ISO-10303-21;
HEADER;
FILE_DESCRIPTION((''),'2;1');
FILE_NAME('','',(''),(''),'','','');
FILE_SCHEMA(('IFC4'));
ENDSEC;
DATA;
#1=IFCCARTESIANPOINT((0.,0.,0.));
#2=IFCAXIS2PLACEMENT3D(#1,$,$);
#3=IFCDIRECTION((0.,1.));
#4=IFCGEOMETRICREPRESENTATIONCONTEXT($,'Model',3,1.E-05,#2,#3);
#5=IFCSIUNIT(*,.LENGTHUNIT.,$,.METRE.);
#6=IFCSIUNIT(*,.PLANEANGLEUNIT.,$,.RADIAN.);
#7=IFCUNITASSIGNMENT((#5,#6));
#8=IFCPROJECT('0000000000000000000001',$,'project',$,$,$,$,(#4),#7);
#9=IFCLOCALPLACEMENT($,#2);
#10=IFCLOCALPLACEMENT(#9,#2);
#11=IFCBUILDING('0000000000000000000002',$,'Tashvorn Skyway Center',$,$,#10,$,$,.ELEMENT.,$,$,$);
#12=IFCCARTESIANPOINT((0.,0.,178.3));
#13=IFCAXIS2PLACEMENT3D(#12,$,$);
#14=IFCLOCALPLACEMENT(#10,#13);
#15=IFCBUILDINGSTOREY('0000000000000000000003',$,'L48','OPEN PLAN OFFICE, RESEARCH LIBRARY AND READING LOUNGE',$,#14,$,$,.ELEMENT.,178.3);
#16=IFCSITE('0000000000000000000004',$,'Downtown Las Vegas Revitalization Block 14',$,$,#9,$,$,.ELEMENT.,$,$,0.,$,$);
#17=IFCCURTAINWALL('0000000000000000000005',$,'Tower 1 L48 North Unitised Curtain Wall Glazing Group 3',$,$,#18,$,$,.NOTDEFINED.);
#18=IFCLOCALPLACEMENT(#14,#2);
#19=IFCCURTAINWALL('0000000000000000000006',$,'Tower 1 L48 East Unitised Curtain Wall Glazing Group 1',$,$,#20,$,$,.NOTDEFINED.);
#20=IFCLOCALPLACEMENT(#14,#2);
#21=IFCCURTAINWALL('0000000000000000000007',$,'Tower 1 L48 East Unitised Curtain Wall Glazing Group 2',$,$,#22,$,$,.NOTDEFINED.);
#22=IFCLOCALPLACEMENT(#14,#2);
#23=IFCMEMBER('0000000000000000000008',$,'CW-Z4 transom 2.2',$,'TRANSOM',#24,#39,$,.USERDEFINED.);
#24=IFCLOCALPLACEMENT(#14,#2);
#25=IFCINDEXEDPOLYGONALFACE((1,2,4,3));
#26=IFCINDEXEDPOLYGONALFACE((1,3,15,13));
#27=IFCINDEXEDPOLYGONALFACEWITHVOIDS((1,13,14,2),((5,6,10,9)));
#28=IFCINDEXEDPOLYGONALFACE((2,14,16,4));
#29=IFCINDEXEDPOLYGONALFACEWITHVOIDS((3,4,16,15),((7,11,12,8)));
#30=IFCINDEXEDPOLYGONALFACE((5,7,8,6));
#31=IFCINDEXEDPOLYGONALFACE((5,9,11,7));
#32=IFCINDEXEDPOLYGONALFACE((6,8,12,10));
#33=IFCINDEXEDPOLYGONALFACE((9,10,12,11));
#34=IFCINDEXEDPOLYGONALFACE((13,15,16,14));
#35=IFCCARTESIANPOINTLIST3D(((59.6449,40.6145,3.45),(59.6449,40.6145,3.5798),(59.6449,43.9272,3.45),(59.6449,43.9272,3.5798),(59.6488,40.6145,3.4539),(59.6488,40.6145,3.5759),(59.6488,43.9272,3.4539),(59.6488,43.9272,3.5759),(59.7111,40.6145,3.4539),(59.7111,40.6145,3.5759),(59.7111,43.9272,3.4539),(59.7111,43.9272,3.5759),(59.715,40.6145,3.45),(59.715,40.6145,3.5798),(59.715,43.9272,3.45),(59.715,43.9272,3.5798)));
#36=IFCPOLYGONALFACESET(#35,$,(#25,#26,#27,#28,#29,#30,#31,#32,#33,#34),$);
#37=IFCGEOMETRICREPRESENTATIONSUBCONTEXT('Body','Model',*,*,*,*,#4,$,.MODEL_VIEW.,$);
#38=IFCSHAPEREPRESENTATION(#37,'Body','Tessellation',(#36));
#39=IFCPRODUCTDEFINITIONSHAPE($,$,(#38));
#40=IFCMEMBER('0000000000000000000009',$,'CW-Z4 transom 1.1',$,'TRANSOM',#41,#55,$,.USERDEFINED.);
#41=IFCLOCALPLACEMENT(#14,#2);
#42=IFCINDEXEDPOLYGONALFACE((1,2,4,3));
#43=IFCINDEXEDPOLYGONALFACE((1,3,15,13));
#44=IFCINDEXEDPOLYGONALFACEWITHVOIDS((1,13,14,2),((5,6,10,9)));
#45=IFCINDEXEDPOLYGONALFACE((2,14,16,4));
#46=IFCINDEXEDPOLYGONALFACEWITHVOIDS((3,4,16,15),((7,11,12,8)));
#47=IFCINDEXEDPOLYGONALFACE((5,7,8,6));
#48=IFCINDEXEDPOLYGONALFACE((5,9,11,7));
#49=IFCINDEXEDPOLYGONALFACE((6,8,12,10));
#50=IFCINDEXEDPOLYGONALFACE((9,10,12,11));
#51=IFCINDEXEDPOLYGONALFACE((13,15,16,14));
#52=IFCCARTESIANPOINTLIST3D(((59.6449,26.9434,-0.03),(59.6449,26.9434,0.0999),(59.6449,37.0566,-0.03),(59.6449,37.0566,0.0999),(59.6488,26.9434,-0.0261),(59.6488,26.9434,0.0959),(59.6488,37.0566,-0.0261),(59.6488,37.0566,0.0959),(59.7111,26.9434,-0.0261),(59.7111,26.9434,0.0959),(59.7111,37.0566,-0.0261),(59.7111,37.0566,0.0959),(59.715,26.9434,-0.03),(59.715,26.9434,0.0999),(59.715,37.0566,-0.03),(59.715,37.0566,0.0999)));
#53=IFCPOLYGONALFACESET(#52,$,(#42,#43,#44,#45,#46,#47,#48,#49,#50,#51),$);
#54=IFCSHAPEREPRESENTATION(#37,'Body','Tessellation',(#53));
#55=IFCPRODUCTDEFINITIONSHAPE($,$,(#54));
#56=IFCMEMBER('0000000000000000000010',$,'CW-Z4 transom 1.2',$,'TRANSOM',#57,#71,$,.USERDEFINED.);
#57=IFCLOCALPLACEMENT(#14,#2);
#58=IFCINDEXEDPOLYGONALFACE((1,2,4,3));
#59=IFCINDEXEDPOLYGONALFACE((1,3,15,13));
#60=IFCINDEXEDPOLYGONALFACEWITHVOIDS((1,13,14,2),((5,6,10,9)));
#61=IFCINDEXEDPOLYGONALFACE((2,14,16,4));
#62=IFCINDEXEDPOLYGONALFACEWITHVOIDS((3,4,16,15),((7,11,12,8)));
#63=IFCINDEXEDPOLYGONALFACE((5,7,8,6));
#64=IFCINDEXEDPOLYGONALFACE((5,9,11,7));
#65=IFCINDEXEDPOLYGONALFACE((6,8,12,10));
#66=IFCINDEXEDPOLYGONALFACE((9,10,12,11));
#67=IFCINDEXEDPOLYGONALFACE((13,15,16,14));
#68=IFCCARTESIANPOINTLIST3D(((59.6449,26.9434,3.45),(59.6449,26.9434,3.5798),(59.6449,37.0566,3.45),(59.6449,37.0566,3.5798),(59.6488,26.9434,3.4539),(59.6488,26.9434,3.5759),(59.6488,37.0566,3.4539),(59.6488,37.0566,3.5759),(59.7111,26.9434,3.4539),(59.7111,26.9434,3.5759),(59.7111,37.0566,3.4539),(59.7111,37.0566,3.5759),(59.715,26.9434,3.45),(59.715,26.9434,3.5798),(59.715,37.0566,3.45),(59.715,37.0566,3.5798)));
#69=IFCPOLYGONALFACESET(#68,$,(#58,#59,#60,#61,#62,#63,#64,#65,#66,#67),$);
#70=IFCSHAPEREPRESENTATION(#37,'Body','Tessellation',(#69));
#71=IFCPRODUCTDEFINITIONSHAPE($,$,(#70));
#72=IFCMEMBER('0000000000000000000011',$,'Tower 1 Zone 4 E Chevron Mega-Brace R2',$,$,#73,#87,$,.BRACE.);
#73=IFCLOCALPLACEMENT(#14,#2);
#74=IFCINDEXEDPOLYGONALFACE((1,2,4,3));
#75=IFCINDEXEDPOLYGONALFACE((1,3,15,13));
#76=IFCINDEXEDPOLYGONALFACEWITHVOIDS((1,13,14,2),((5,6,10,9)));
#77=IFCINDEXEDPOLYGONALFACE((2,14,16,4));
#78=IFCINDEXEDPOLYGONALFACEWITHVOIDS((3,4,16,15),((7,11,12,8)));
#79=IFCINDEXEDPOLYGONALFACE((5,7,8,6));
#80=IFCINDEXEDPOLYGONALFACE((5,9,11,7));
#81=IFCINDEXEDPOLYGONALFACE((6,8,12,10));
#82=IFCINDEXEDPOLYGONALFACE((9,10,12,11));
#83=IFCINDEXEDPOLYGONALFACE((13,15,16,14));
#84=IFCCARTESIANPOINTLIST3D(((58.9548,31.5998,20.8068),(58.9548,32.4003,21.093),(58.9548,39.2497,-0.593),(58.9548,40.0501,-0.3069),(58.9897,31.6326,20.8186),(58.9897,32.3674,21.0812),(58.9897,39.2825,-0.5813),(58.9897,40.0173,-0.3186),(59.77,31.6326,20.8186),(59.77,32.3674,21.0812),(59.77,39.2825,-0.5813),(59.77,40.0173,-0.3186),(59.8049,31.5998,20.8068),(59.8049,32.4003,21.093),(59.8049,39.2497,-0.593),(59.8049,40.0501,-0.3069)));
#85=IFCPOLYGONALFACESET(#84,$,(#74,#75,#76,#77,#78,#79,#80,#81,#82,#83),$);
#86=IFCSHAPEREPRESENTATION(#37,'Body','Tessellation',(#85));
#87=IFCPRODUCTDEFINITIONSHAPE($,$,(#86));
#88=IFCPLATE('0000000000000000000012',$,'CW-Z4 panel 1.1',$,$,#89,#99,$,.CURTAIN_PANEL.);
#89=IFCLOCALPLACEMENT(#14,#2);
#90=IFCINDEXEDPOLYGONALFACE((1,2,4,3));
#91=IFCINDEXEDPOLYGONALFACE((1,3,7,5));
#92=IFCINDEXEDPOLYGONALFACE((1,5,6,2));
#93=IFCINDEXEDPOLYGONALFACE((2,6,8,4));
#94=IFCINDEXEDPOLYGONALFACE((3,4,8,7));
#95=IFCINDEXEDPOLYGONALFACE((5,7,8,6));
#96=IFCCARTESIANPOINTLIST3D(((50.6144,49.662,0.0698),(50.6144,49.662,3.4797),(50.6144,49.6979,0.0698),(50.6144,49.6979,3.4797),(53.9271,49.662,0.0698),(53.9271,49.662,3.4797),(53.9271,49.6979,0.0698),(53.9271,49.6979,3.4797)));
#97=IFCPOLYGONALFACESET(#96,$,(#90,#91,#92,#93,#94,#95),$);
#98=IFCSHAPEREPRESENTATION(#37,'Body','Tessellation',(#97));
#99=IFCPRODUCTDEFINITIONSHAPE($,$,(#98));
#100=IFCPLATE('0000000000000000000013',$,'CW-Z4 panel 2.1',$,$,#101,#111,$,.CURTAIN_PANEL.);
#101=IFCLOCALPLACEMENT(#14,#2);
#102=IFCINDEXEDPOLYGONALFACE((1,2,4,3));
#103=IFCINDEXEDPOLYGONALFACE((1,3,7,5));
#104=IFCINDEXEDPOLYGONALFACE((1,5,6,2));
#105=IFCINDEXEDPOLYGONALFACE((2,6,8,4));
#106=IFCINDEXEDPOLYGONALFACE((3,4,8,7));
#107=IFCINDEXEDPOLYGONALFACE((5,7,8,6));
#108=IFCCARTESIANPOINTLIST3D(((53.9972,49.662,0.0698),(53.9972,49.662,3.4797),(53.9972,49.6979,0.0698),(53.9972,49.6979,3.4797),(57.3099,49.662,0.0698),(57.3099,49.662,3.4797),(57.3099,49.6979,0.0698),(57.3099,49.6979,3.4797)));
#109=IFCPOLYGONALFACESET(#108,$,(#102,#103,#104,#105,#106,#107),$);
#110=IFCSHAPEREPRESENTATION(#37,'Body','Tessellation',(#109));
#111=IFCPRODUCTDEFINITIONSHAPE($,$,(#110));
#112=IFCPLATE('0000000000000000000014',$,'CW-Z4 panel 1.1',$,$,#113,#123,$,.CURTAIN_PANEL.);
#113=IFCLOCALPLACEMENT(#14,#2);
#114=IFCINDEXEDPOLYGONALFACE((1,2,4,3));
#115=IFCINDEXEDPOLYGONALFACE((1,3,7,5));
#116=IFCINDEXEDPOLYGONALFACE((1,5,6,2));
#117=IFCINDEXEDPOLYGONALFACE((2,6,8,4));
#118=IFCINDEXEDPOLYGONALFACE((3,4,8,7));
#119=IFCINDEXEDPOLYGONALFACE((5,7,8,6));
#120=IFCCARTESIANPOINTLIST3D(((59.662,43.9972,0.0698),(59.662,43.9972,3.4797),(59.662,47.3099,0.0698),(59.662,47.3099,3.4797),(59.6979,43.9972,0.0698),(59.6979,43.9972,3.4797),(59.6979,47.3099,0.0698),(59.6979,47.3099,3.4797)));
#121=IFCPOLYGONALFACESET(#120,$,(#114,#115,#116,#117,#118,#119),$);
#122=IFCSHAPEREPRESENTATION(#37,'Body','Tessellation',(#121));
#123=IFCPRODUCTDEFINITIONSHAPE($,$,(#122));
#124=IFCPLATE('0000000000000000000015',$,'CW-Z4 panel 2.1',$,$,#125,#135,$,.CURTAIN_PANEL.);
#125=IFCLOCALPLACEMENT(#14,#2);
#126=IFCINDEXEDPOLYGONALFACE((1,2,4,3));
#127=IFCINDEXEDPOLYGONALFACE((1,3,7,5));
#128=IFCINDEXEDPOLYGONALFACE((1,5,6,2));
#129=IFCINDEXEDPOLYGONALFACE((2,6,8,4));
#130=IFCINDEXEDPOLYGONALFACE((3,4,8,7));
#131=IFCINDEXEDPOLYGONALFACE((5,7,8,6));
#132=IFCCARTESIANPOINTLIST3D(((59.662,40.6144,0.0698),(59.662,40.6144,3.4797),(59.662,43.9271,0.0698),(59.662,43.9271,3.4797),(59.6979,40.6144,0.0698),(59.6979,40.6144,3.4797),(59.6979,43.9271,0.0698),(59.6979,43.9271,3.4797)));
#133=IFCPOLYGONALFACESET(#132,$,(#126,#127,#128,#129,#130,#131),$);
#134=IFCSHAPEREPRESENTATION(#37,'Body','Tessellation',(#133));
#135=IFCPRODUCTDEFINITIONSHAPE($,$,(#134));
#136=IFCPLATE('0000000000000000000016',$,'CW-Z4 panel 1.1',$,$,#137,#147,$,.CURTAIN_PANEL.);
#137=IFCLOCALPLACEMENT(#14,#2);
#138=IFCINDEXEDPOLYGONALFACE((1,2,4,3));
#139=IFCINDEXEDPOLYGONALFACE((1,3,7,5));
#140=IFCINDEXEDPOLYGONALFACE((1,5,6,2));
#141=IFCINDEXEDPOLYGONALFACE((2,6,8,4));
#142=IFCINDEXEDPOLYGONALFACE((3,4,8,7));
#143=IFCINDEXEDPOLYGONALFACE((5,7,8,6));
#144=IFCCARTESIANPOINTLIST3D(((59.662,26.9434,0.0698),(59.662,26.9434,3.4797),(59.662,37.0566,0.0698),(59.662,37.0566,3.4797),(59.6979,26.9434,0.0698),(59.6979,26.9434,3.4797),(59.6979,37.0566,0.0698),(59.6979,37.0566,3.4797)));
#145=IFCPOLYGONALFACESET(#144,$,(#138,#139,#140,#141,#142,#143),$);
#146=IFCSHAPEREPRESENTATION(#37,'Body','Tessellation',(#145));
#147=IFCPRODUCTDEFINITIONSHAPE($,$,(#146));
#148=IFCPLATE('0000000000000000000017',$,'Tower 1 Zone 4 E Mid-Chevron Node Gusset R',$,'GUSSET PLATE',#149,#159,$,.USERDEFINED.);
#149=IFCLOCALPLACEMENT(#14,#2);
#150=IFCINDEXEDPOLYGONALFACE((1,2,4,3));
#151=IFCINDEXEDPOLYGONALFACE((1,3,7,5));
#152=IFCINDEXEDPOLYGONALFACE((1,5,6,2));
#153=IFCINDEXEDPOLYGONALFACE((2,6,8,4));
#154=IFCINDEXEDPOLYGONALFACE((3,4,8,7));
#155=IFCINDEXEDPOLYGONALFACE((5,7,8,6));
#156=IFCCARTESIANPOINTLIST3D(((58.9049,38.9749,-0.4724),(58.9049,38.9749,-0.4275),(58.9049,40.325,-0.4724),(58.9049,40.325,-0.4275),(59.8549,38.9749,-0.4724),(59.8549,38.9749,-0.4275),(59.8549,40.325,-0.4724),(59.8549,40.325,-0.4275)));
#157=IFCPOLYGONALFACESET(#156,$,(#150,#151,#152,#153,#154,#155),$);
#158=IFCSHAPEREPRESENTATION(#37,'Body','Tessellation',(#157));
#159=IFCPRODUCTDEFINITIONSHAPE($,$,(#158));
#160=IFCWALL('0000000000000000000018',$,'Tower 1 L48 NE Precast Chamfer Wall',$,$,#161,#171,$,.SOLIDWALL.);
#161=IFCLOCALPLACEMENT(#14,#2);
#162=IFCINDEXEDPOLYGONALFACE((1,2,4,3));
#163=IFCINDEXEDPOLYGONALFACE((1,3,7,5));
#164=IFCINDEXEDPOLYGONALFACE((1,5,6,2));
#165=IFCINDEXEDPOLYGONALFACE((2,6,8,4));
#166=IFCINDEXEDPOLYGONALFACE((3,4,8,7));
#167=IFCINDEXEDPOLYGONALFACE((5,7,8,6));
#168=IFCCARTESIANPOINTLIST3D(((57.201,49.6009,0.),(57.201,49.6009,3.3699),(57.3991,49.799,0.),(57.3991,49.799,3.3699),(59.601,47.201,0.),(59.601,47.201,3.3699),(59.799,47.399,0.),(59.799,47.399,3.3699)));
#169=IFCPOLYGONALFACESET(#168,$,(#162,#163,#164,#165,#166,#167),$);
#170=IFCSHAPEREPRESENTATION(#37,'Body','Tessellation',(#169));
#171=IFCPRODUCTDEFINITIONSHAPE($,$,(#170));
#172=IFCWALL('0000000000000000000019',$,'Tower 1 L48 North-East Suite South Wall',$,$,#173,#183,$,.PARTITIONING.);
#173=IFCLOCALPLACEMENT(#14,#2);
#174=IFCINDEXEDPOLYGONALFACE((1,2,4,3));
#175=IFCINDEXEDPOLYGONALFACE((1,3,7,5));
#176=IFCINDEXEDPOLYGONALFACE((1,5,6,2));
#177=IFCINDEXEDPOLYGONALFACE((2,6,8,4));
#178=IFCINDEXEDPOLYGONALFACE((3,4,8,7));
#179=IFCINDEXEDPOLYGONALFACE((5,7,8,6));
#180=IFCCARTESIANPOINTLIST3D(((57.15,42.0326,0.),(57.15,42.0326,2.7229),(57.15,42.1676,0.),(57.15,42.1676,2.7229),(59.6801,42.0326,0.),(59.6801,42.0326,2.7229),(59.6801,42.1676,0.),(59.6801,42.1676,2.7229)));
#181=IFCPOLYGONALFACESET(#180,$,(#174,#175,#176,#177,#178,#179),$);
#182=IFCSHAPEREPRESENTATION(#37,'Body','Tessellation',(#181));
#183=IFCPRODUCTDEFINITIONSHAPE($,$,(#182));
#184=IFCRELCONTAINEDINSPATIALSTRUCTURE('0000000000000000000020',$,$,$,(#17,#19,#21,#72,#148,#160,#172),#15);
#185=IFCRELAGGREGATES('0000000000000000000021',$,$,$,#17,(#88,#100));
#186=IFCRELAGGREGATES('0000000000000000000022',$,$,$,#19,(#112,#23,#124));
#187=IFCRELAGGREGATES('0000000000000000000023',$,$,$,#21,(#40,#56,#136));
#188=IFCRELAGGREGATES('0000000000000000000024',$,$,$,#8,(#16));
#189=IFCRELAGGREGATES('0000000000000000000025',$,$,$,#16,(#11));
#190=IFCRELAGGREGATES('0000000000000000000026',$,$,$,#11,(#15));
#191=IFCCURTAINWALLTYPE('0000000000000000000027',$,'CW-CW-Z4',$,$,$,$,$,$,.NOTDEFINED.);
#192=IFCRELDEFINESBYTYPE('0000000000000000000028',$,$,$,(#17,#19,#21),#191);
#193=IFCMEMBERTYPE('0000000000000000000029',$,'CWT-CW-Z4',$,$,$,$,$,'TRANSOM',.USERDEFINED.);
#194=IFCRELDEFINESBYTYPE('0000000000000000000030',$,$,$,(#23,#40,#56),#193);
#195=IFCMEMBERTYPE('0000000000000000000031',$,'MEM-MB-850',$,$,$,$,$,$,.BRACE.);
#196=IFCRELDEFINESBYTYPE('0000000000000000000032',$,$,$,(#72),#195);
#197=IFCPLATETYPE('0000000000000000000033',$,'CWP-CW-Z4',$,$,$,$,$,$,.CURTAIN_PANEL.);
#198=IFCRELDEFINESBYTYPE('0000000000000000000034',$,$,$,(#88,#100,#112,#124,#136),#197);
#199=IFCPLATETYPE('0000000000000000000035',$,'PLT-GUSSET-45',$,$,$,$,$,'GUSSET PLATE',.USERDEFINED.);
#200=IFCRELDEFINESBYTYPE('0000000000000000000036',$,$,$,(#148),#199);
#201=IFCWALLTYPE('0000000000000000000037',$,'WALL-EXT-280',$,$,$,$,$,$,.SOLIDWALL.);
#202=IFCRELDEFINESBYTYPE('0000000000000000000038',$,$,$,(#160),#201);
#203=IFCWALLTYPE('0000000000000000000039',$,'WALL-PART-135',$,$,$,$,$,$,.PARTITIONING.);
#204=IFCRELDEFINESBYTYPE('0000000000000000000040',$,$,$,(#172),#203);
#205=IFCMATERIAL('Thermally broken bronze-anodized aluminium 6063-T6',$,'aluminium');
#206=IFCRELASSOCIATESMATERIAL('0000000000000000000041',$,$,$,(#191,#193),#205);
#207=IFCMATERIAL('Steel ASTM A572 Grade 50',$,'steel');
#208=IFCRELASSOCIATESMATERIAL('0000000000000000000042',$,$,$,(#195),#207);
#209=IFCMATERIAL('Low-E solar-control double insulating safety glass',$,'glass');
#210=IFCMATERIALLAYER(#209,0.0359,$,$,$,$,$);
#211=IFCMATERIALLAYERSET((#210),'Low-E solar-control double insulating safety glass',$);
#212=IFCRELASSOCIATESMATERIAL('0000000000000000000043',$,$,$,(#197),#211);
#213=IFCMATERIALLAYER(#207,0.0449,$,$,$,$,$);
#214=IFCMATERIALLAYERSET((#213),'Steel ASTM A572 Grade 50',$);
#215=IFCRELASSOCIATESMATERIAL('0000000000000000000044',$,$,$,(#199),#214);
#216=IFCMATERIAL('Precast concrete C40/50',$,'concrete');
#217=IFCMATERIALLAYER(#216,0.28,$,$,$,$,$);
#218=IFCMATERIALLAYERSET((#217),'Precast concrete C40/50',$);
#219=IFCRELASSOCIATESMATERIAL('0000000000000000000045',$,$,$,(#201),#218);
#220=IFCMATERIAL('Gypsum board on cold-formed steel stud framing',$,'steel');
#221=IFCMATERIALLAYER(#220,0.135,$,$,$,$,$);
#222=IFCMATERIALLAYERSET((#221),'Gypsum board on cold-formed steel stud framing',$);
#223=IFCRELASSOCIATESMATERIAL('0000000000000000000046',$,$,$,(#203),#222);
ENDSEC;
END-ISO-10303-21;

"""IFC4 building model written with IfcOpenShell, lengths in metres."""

from ifc_helpers import new_model, si_unit, direction, frame, frame_2d, origin, origin_2d, place, context, subcontext, project, spatial, rectangle, hollow_rectangle, extrude, material, layer, layer_set, material_profile, profile_set, type_object, element, aggregate, save


model = new_model("IFC4")

# Units and contexts
model_context = context("Model", 3, precision=1e-05, world=origin(), true_north=direction((0.0, 1.0)))
body_context = subcontext(model_context, "Body", "Model", "MODEL_VIEW")
ifc_project = project(units=[si_unit("LENGTHUNIT", "METRE"), si_unit("PLANEANGLEUNIT", "RADIAN")], contexts=[model_context])

# Site, building, storey
site_placement = place(None, origin())
site = spatial("IfcSite", under=ifc_project, at=site_placement, Name="Downtown Las Vegas Revitalization Block 14", CompositionType="ELEMENT", RefElevation=0.0)
building_placement = place(site_placement, origin())
building = spatial("IfcBuilding", under=site, at=building_placement, Name="Tashvorn Skyway Center", CompositionType="ELEMENT")
storey_placement = place(building_placement, frame((0.0, 0.0, 178.3)))
storey = spatial("IfcBuildingStorey", under=building, at=storey_placement, Name="L48", Description="OPEN PLAN OFFICE, RESEARCH LIBRARY AND READING LOUNGE", CompositionType="ELEMENT", Elevation=178.3)

# Shared definitions
ifc_material_1 = material(Name="Steel ASTM A572 Grade 50", Category="steel")

# Curtain walls
ifc_material_2 = material(Name="Thermally broken bronze-anodized aluminium 6063-T6", Category="aluminium")
curtain_wall_type = type_object("IfcCurtainWallType", Name="CW-CW-Z4", PredefinedType="NOTDEFINED", material=ifc_material_2)
curtain_wall_1_placement = place(storey_placement, origin())
curtain_wall_1 = element("IfcCurtainWall", 1, at=curtain_wall_1_placement, inside=storey, type_object=curtain_wall_type, Name="Tower 1 L48 North Unitised Curtain Wall Glazing Group 3", PredefinedType="NOTDEFINED")
curtain_wall_2_placement = place(storey_placement, origin())
curtain_wall_2 = element("IfcCurtainWall", 2, at=curtain_wall_2_placement, inside=storey, type_object=curtain_wall_type, Name="Tower 1 L48 East Unitised Curtain Wall Glazing Group 1", PredefinedType="NOTDEFINED")

# Curtain wall
curtain_wall_3_placement = place(storey_placement, origin())
curtain_wall_3 = element("IfcCurtainWall", 3, at=curtain_wall_3_placement, inside=storey, type_object=curtain_wall_type, Name="Tower 1 L48 East Unitised Curtain Wall Glazing Group 2", PredefinedType="NOTDEFINED")

# Members
ifc_material_profile_1 = material_profile(ifc_material_2, hollow_rectangle(XDim=0.0701, YDim=0.1299, WallThickness=0.0039, at=origin_2d()), Name="ALU-TRAN-70x130")
ifc_profile_set_1 = profile_set([ifc_material_profile_1], Name="Thermally broken bronze-anodized aluminium 6063-T6")
member_type_1 = type_object("IfcMemberType", Name="CWT-CW-Z4", ElementType="TRANSOM", PredefinedType="USERDEFINED", material=ifc_profile_set_1)
member_1_placement = place(storey_placement, frame((59.6799, 43.9272, 3.5149), z_axis=(0.0, -1.0, 0.0), x_axis=(1.0, 0.0, 0.0)))
member_1 = element("IfcMember", 4, at=member_1_placement, type_object=member_type_1, Name="CW-Z4 transom 2.2", ObjectType="TRANSOM", PredefinedType="USERDEFINED", context=body_context, shape_type="SweptSolid", body=[
    extrude(hollow_rectangle(XDim=0.0701, YDim=0.1299, WallThickness=0.0039, at=origin_2d()), origin(), (0.0, 0.0, 1.0), 3.3127),
])
member_2_placement = place(storey_placement, frame((59.6799, 37.0566, 0.0349), z_axis=(0.0, -1.0, 0.0), x_axis=(1.0, 0.0, 0.0)))
member_2 = element("IfcMember", 5, at=member_2_placement, type_object=member_type_1, Name="CW-Z4 transom 1.1", ObjectType="TRANSOM", PredefinedType="USERDEFINED", context=body_context, shape_type="SweptSolid", body=[
    extrude(hollow_rectangle(XDim=0.0701, YDim=0.1299, WallThickness=0.0039, at=origin_2d()), origin(), (0.0, 0.0, 1.0), 10.1133),
])
member_3_placement = place(storey_placement, frame((59.6799, 37.0566, 3.5149), z_axis=(0.0, -1.0, 0.0), x_axis=(1.0, 0.0, 0.0)))
member_3 = element("IfcMember", 6, at=member_3_placement, type_object=member_type_1, Name="CW-Z4 transom 1.2", ObjectType="TRANSOM", PredefinedType="USERDEFINED", context=body_context, shape_type="SweptSolid", body=[
    extrude(hollow_rectangle(XDim=0.0701, YDim=0.1299, WallThickness=0.0039, at=origin_2d()), origin(), (0.0, 0.0, 1.0), 10.1133),
])
ifc_material_profile_2 = material_profile(ifc_material_1, hollow_rectangle(XDim=0.8501, YDim=0.8501, WallThickness=0.0349, at=origin_2d()), Name="BOX850x850x35")
ifc_profile_set_2 = profile_set([ifc_material_profile_2], Name="Steel ASTM A572 Grade 50")
member_type_2 = type_object("IfcMemberType", Name="MEM-MB-850", PredefinedType="BRACE", material=ifc_profile_set_2)
member_4_placement = place(storey_placement, frame((59.3799, 39.6499, -0.45), z_axis=(0.0, -0.336613, 0.941643), x_axis=(1.0, 0.0, 0.0)))
element("IfcMember", 7, at=member_4_placement, inside=storey, type_object=member_type_2, Name="Tower 1 Zone 4 E Chevron Mega-Brace R2", PredefinedType="BRACE", context=body_context, shape_type="SweptSolid", body=[
    extrude(hollow_rectangle(XDim=0.8501, YDim=0.8501, WallThickness=0.0349, at=origin_2d()), origin(), (0.0, 0.0, 1.0), 22.7261),
])

# Plates
ifc_material_3 = material(Name="Low-E solar-control double insulating safety glass", Category="glass")
ifc_layer_1 = layer(ifc_material_3, 0.0359)
ifc_layer_set_1 = layer_set([ifc_layer_1], Name="Low-E solar-control double insulating safety glass")
plate_type_1 = type_object("IfcPlateType", Name="CWP-CW-Z4", PredefinedType="CURTAIN_PANEL", material=ifc_layer_set_1)
plate_1_placement = place(storey_placement, frame((52.2708, 49.6799, 0.0698), z_axis=(0.0, 0.0, 1.0), x_axis=(1.0, 0.0, 0.0)))
plate_1 = element("IfcPlate", 8, at=plate_1_placement, type_object=plate_type_1, Name="CW-Z4 panel 1.1", PredefinedType="CURTAIN_PANEL", context=body_context, shape_type="SweptSolid", body=[
    extrude(rectangle(XDim=3.3127, YDim=0.0359, at=origin_2d()), origin(), (0.0, 0.0, 1.0), 3.4099),
])
plate_2_placement = place(storey_placement, frame((55.6536, 49.6799, 0.0698), z_axis=(0.0, 0.0, 1.0), x_axis=(1.0, 0.0, 0.0)))
plate_2 = element("IfcPlate", 9, at=plate_2_placement, type_object=plate_type_1, Name="CW-Z4 panel 2.1", PredefinedType="CURTAIN_PANEL", context=body_context, shape_type="SweptSolid", body=[
    extrude(rectangle(XDim=3.3127, YDim=0.0359, at=origin_2d()), origin(), (0.0, 0.0, 1.0), 3.4099),
])
aggregate(curtain_wall_1, [plate_1, plate_2])
plate_3_placement = place(storey_placement, frame((59.6799, 45.6536, 0.0698), z_axis=(0.0, 0.0, 1.0), x_axis=(0.0, -1.0, 0.0)))
plate_3 = element("IfcPlate", 10, at=plate_3_placement, type_object=plate_type_1, Name="CW-Z4 panel 1.1", PredefinedType="CURTAIN_PANEL", context=body_context, shape_type="SweptSolid", body=[
    extrude(rectangle(XDim=3.3127, YDim=0.0359, at=origin_2d()), origin(), (0.0, 0.0, 1.0), 3.4099),
])
plate_4_placement = place(storey_placement, frame((59.6799, 42.2708, 0.0698), z_axis=(0.0, 0.0, 1.0), x_axis=(0.0, -1.0, 0.0)))
plate_4 = element("IfcPlate", 11, at=plate_4_placement, type_object=plate_type_1, Name="CW-Z4 panel 2.1", PredefinedType="CURTAIN_PANEL", context=body_context, shape_type="SweptSolid", body=[
    extrude(rectangle(XDim=3.3127, YDim=0.0359, at=origin_2d()), origin(), (0.0, 0.0, 1.0), 3.4099),
])
aggregate(curtain_wall_2, [plate_3, member_1, plate_4])
plate_5_placement = place(storey_placement, frame((59.6799, 32.0, 0.0698), z_axis=(0.0, 0.0, 1.0), x_axis=(0.0, -1.0, 0.0)))
plate_5 = element("IfcPlate", 12, at=plate_5_placement, type_object=plate_type_1, Name="CW-Z4 panel 1.1", PredefinedType="CURTAIN_PANEL", context=body_context, shape_type="SweptSolid", body=[
    extrude(rectangle(XDim=10.1133, YDim=0.0359, at=origin_2d()), origin(), (0.0, 0.0, 1.0), 3.4099),
])
aggregate(curtain_wall_3, [member_2, member_3, plate_5])
ifc_layer_2 = layer(ifc_material_1, 0.0449)
ifc_layer_set_2 = layer_set([ifc_layer_2], Name="Steel ASTM A572 Grade 50")
plate_type_2 = type_object("IfcPlateType", Name="PLT-GUSSET-45", ElementType="GUSSET PLATE", PredefinedType="USERDEFINED", material=ifc_layer_set_2)
plate_6_placement = place(storey_placement, frame((59.3799, 39.6499, -0.4724), z_axis=(0.0, 0.0, 1.0), x_axis=(0.0, 1.0, 0.0)))
element("IfcPlate", 13, at=plate_6_placement, inside=storey, type_object=plate_type_2, Name="Tower 1 Zone 4 E Mid-Chevron Node Gusset R", ObjectType="GUSSET PLATE", PredefinedType="USERDEFINED", context=body_context, shape_type="SweptSolid", body=[
    extrude(rectangle(XDim=1.3501, YDim=0.95, at=origin_2d()), origin(), (0.0, 0.0, 1.0), 0.0449),
])

# Walls
ifc_material_4 = material(Name="Precast concrete C40/50", Category="concrete")
ifc_layer_3 = layer(ifc_material_4, 0.28)
ifc_layer_set_3 = layer_set([ifc_layer_3], Name="Precast concrete C40/50")
wall_type_1 = type_object("IfcWallType", Name="WALL-EXT-280", PredefinedType="SOLIDWALL", material=ifc_layer_set_3)
wall_1_placement = place(storey_placement, frame((57.3, 49.7, 0.0), z_axis=(0.0, 0.0, 1.0), x_axis=(0.707107, -0.707107, 0.0)))
element("IfcWall", 14, at=wall_1_placement, inside=storey, type_object=wall_type_1, Name="Tower 1 L48 NE Precast Chamfer Wall", PredefinedType="SOLIDWALL", context=body_context, shape_type="SweptSolid", body=[
    extrude(rectangle(XDim=3.394, YDim=0.28, at=frame_2d((1.697, 0.0))), origin(), (0.0, 0.0, 1.0), 3.3699),
])
ifc_material_5 = material(Name="Gypsum board on cold-formed steel stud framing", Category="steel")
ifc_layer_4 = layer(ifc_material_5, 0.135)
ifc_layer_set_4 = layer_set([ifc_layer_4], Name="Gypsum board on cold-formed steel stud framing")
wall_type_2 = type_object("IfcWallType", Name="WALL-PART-135", PredefinedType="PARTITIONING", material=ifc_layer_set_4)
wall_2_placement = place(storey_placement, frame((57.1499, 42.1001, 0.0), z_axis=(0.0, 0.0, 1.0), x_axis=(1.0, 0.0, 0.0)))
element("IfcWall", 15, at=wall_2_placement, inside=storey, type_object=wall_type_2, Name="Tower 1 L48 North-East Suite South Wall", PredefinedType="PARTITIONING", context=body_context, shape_type="SweptSolid", body=[
    extrude(rectangle(XDim=2.53, YDim=0.135, at=frame_2d((1.2651, 0.0))), origin(), (0.0, 0.0, 1.0), 2.7229),
])

save(model, "model.ifc")
